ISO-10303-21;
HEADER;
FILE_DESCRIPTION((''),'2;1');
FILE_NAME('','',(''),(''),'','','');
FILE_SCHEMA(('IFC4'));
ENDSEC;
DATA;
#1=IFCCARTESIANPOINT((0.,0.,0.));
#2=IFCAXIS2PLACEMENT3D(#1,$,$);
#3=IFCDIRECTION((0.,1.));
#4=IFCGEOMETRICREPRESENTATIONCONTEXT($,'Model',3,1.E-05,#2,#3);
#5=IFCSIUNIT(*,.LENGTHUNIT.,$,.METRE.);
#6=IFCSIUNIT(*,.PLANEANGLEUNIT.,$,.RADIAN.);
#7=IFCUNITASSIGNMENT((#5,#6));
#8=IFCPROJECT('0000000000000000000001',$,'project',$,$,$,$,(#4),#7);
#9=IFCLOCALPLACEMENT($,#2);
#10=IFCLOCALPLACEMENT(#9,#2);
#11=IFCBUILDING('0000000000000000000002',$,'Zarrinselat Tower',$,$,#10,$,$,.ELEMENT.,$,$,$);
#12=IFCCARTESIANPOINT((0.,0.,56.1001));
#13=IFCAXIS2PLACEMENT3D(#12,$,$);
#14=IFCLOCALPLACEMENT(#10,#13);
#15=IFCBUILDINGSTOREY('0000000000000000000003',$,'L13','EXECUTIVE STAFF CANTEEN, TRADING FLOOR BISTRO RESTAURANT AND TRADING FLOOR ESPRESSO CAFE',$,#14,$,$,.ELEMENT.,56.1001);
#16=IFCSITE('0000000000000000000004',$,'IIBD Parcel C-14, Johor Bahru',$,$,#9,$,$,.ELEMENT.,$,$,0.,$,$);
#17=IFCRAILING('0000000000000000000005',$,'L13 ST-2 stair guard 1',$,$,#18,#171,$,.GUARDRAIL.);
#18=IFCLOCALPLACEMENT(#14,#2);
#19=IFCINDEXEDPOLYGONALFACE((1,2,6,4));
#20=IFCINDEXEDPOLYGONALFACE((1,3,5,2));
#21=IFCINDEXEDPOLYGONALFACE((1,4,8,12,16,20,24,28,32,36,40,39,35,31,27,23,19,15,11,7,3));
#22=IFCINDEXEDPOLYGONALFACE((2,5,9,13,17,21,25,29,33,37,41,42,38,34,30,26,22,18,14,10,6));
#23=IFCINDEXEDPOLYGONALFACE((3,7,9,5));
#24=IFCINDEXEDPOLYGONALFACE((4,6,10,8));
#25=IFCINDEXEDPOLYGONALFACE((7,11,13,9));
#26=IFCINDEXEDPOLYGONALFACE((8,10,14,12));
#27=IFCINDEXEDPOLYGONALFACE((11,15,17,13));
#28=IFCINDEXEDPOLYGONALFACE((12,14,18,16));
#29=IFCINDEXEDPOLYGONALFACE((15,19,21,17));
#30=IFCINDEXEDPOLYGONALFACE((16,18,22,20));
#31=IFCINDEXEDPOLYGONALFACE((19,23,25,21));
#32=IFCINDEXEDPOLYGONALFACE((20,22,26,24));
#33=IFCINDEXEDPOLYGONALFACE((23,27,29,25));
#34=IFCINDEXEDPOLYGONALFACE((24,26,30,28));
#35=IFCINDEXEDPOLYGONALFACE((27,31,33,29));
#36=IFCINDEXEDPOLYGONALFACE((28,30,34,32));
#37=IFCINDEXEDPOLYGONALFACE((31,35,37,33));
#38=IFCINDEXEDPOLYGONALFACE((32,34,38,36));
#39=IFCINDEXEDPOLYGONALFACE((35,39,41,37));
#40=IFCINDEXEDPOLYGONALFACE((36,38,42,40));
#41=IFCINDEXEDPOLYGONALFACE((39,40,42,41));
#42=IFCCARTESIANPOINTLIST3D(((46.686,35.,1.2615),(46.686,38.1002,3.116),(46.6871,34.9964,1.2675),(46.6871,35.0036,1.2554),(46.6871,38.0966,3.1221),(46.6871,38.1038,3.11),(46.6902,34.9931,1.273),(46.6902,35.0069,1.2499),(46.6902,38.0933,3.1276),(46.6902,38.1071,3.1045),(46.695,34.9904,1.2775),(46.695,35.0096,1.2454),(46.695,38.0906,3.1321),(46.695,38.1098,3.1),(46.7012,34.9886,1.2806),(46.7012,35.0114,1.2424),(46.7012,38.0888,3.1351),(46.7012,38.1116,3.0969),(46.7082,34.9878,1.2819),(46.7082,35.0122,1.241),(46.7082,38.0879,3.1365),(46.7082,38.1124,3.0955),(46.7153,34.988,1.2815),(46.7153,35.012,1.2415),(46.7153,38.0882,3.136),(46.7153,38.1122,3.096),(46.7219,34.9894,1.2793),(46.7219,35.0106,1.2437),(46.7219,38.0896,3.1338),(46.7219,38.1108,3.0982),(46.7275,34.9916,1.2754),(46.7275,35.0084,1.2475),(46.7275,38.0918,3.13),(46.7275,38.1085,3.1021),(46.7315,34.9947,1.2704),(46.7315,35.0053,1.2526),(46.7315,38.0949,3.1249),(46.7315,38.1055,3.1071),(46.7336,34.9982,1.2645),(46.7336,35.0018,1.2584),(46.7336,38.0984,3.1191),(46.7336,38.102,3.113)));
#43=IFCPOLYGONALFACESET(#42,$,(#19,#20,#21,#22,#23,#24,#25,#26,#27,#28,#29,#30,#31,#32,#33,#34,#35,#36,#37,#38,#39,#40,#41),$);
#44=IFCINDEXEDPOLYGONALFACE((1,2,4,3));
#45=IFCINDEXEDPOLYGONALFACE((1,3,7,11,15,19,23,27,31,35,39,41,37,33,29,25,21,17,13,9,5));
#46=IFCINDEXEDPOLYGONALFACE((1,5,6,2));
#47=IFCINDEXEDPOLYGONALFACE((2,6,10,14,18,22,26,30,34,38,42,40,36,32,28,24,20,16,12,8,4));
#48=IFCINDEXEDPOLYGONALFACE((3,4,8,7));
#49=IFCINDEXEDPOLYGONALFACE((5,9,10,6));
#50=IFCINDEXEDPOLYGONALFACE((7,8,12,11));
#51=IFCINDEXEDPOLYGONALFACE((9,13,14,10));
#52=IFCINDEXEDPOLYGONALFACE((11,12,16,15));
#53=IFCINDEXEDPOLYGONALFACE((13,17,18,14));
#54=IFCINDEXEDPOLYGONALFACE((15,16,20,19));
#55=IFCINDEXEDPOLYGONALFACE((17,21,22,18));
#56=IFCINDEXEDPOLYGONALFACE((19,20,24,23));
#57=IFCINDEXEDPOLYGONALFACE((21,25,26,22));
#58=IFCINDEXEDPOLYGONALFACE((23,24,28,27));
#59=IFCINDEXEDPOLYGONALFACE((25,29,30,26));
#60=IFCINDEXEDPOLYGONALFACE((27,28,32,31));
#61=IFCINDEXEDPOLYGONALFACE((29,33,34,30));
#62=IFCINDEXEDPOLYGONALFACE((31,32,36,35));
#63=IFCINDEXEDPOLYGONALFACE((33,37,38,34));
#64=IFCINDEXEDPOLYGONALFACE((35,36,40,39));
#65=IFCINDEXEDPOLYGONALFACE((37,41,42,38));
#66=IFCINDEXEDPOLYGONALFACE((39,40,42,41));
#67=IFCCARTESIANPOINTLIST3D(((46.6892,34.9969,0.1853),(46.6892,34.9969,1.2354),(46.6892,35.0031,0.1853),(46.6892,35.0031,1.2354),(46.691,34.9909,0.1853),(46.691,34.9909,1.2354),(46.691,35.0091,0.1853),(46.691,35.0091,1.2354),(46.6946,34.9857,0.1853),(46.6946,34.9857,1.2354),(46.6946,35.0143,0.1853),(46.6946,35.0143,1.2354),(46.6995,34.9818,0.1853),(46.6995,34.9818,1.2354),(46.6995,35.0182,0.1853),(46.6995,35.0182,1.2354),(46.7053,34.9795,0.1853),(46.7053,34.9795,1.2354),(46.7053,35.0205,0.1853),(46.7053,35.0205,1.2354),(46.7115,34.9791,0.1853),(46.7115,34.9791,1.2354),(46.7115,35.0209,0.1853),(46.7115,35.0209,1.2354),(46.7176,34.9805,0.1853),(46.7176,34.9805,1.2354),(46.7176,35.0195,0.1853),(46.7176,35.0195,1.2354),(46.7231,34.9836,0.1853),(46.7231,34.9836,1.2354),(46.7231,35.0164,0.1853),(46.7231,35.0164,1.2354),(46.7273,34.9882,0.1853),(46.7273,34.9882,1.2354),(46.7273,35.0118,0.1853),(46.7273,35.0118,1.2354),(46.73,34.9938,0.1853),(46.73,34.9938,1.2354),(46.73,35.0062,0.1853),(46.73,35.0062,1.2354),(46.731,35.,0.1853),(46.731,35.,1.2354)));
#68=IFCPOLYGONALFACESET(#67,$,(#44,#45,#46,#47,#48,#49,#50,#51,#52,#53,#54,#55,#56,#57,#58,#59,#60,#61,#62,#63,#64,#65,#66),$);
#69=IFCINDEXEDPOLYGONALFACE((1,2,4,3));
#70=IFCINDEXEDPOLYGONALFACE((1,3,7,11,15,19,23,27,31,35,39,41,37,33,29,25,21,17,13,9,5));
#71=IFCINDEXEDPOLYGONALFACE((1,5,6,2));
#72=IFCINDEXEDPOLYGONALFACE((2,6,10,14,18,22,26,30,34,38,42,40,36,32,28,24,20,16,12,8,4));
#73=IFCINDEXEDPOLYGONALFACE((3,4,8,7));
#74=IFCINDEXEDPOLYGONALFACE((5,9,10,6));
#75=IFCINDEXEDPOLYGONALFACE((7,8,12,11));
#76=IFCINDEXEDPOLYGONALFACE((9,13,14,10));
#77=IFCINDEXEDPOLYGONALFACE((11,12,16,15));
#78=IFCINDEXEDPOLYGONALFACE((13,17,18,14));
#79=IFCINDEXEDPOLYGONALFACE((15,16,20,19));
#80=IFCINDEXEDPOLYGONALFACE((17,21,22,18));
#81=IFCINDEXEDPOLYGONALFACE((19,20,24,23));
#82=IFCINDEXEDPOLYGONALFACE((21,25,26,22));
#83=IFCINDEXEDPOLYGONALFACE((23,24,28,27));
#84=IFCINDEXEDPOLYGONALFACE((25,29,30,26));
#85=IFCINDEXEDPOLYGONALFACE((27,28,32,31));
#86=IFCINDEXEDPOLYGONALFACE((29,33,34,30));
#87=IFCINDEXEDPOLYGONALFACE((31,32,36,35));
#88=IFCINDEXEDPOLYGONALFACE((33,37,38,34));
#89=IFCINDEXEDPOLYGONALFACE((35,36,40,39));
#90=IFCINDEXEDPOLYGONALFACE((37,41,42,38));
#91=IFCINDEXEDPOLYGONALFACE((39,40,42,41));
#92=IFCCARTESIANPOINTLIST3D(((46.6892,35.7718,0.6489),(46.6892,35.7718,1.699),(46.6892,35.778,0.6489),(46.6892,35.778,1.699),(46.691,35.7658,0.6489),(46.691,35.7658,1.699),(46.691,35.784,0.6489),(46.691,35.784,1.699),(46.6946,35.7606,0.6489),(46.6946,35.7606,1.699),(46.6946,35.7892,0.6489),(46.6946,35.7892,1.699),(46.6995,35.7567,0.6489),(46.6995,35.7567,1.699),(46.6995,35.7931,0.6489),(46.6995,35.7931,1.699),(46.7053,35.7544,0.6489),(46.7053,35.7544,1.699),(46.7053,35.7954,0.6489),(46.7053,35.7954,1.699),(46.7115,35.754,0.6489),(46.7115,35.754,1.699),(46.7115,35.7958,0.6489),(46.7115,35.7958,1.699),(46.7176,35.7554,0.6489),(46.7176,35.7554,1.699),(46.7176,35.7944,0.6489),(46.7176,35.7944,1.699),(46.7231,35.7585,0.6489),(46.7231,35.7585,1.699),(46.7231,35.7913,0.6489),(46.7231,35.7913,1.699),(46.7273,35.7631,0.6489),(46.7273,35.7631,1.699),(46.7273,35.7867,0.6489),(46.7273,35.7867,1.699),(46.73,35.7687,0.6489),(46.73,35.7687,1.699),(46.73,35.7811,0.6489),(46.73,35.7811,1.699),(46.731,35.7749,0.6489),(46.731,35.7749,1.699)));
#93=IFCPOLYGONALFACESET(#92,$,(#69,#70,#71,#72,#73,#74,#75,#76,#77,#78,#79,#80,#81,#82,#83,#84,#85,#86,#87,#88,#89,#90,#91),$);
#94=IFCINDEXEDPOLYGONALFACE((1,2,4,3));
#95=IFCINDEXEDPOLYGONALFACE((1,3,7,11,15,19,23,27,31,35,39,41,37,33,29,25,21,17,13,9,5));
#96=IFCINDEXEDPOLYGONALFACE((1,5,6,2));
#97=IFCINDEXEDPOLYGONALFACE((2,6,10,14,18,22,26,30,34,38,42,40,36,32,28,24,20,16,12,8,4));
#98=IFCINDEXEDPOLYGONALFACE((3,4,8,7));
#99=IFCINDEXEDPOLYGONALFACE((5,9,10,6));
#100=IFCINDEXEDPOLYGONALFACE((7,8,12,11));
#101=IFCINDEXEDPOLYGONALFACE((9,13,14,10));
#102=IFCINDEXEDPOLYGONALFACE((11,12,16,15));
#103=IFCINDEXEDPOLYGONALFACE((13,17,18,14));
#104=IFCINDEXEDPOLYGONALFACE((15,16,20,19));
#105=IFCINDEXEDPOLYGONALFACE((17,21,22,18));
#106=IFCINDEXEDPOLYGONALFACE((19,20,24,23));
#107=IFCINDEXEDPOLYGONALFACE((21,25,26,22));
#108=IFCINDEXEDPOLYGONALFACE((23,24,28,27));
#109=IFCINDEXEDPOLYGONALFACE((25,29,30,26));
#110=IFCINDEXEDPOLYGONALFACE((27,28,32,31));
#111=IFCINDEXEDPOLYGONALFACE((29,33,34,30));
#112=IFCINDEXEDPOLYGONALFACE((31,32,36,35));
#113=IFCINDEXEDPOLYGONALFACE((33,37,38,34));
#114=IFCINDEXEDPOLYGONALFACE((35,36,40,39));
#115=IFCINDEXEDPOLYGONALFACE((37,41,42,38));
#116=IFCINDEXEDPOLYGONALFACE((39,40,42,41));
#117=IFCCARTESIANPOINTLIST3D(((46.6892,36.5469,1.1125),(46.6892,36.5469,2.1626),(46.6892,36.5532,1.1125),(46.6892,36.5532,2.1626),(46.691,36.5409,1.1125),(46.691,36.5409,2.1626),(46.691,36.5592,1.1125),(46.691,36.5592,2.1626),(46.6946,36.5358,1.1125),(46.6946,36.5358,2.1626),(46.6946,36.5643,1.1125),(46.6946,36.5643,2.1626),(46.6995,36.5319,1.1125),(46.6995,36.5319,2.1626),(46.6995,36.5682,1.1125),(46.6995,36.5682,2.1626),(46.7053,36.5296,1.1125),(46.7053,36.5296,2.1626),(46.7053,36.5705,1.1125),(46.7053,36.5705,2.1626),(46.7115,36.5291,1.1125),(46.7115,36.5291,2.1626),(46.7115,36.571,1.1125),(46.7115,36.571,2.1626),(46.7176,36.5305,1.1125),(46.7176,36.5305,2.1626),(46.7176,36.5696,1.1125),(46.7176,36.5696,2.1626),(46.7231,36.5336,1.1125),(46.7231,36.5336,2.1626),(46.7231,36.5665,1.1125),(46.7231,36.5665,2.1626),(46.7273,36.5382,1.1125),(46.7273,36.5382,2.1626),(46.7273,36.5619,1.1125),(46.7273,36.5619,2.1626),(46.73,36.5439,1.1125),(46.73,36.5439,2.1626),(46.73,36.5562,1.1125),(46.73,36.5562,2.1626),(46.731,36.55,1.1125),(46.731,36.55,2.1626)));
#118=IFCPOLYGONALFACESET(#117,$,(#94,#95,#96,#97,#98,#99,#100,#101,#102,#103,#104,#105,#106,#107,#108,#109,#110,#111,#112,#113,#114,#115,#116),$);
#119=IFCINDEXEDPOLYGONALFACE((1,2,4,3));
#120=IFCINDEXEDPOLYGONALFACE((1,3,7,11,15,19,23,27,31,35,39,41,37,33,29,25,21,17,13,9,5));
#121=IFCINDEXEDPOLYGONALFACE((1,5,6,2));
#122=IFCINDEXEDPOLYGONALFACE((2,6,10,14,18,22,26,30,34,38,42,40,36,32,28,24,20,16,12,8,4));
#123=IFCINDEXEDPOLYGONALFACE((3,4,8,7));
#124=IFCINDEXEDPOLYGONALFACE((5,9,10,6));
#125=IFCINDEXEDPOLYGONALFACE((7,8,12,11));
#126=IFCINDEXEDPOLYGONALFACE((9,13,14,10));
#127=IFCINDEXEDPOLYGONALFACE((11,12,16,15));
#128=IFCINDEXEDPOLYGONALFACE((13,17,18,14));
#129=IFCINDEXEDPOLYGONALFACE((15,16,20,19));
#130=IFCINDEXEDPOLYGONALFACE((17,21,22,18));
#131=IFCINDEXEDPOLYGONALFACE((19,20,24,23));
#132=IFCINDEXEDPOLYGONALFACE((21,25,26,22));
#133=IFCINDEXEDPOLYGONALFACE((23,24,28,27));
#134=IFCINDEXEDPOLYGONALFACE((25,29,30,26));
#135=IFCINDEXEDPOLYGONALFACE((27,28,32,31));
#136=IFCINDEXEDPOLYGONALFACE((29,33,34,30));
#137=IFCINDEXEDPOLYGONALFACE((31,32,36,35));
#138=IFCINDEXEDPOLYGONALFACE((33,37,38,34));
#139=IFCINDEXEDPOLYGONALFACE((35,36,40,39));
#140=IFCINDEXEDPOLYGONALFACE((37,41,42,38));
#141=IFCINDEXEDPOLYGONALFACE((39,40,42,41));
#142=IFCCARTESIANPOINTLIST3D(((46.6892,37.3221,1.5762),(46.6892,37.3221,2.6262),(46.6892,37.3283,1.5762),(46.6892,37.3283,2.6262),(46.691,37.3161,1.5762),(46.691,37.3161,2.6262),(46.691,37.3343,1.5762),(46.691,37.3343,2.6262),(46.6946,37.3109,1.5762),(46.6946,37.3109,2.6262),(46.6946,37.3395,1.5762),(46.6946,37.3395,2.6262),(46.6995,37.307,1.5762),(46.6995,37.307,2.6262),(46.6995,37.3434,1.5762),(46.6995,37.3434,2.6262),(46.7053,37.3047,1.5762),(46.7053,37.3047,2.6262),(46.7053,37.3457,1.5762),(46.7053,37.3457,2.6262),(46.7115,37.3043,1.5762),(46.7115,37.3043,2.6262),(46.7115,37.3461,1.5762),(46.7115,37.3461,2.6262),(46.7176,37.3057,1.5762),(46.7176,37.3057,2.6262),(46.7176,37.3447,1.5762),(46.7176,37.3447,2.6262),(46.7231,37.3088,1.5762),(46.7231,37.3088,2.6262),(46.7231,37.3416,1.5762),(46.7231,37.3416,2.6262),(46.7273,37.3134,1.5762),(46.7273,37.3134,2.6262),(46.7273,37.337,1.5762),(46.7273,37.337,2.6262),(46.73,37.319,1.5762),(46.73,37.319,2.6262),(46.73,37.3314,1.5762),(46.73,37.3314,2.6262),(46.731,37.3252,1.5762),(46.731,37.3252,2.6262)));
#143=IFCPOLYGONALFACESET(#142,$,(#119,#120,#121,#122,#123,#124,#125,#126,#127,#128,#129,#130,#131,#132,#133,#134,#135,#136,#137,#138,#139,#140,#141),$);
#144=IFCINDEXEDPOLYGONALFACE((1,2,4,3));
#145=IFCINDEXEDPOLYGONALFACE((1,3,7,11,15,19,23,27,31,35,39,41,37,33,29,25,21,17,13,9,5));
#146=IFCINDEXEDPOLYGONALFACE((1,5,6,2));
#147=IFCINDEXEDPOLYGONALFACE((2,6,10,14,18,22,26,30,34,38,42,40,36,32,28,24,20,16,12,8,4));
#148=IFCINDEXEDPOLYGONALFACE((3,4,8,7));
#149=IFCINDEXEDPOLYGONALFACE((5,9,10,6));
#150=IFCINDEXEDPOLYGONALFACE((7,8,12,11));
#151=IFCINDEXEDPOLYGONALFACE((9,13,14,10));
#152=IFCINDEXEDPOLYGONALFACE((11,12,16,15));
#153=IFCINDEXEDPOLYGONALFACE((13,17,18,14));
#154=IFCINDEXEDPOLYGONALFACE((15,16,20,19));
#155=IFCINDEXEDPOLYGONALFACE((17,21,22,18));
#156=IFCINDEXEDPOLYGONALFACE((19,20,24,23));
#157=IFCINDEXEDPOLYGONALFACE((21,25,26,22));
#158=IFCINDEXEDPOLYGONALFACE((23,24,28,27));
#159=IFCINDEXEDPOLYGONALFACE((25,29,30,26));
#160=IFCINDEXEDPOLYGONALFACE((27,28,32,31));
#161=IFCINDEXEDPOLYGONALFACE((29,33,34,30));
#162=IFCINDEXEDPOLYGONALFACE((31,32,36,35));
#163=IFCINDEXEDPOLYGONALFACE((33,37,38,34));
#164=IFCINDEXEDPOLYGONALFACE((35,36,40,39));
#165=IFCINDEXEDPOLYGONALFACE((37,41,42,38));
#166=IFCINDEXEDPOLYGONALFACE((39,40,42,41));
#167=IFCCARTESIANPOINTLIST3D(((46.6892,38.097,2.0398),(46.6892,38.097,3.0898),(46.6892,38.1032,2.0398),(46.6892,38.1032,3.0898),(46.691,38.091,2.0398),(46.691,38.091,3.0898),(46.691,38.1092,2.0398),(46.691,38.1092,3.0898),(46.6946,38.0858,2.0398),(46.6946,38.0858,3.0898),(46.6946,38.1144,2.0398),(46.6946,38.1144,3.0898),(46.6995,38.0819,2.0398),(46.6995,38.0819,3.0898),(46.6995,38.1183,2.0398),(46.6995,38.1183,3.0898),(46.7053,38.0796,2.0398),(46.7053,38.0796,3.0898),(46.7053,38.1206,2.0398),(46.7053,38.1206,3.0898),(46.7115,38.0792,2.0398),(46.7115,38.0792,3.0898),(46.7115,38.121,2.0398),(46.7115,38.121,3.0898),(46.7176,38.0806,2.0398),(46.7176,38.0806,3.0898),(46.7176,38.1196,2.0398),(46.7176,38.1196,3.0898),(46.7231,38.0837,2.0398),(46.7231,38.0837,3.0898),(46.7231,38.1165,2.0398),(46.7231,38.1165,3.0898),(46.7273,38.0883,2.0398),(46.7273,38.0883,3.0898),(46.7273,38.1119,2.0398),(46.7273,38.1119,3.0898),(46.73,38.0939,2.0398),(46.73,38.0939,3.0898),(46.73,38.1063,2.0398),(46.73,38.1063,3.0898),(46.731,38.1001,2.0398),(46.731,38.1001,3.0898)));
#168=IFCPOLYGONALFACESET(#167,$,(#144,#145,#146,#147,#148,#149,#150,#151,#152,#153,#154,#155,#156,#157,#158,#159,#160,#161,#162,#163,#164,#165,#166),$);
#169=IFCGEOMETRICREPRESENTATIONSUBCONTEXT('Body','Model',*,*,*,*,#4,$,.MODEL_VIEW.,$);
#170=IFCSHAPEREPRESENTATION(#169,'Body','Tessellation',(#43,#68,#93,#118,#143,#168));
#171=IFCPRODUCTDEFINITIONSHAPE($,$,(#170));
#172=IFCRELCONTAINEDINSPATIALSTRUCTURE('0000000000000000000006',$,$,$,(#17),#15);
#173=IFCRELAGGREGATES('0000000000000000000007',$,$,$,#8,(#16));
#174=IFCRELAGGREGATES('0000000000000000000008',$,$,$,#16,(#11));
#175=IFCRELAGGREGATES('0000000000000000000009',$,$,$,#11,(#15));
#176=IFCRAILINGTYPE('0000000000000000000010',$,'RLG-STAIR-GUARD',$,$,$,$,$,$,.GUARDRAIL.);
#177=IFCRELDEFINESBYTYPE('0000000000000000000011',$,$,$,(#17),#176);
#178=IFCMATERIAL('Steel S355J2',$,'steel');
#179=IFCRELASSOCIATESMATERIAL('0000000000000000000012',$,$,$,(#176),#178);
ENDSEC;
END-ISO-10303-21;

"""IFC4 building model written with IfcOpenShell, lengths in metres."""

from ifc_helpers import new_model, si_unit, direction, frame, origin, origin_2d, place, context, subcontext, project, spatial, circle, extrude, material, type_object, element, save


model = new_model("IFC4")

# Units and contexts
model_context = context("Model", 3, precision=1e-05, world=origin(), true_north=direction((0.0, 1.0)))
body_context = subcontext(model_context, "Body", "Model", "MODEL_VIEW")
ifc_project = project(units=[si_unit("LENGTHUNIT", "METRE"), si_unit("PLANEANGLEUNIT", "RADIAN")], contexts=[model_context])

# Site, building, storey
site_placement = place(None, origin())
site = spatial("IfcSite", under=ifc_project, at=site_placement, Name="IIBD Parcel C-14, Johor Bahru", CompositionType="ELEMENT", RefElevation=0.0)
building_placement = place(site_placement, origin())
building = spatial("IfcBuilding", under=site, at=building_placement, Name="Zarrinselat Tower", CompositionType="ELEMENT")
storey_placement = place(building_placement, frame((0.0, 0.0, 56.1001)))
storey = spatial("IfcBuildingStorey", under=building, at=storey_placement, Name="L13", Description="EXECUTIVE STAFF CANTEEN, TRADING FLOOR BISTRO RESTAURANT AND TRADING FLOOR ESPRESSO CAFE", CompositionType="ELEMENT", Elevation=56.1001)

# Railing
ifc_material_1 = material(Name="Steel S355J2", Category="steel")
railing_type_1 = type_object("IfcRailingType", Name="RLG-STAIR-GUARD", PredefinedType="GUARDRAIL", material=ifc_material_1)
railing_1_placement = place(storey_placement, frame((46.71, 35.0, 0.1853)))
element("IfcRailing", 1, at=railing_1_placement, inside=storey, type_object=railing_type_1, Name="L13 ST-2 stair guard 1", PredefinedType="GUARDRAIL", context=body_context, shape_type="SweptSolid", body=[
    extrude(circle(Radius=0.0239, at=origin_2d()), frame((0.0, 0.0, 1.0762), z_axis=(0.0, 0.858172, 0.513362), x_axis=(-1.0, 0.0, 0.0)), (0.0, 0.0, 1.0), 3.6125),
    extrude(circle(Radius=0.021, at=origin_2d()), origin(), (0.0, 0.0, 1.0), 1.05),
    extrude(circle(Radius=0.021, at=origin_2d()), frame((0.0, 0.7749, 0.4636)), (0.0, 0.0, 1.0), 1.05),
    extrude(circle(Radius=0.021, at=origin_2d()), frame((0.0, 1.55, 0.9272)), (0.0, 0.0, 1.0), 1.05),
    extrude(circle(Radius=0.021, at=origin_2d()), frame((0.0, 2.3252, 1.3909)), (0.0, 0.0, 1.0), 1.05),
    extrude(circle(Radius=0.021, at=origin_2d()), frame((0.0, 3.1001, 1.8545)), (0.0, 0.0, 1.0), 1.05),
])

save(model, "model.ifc")
